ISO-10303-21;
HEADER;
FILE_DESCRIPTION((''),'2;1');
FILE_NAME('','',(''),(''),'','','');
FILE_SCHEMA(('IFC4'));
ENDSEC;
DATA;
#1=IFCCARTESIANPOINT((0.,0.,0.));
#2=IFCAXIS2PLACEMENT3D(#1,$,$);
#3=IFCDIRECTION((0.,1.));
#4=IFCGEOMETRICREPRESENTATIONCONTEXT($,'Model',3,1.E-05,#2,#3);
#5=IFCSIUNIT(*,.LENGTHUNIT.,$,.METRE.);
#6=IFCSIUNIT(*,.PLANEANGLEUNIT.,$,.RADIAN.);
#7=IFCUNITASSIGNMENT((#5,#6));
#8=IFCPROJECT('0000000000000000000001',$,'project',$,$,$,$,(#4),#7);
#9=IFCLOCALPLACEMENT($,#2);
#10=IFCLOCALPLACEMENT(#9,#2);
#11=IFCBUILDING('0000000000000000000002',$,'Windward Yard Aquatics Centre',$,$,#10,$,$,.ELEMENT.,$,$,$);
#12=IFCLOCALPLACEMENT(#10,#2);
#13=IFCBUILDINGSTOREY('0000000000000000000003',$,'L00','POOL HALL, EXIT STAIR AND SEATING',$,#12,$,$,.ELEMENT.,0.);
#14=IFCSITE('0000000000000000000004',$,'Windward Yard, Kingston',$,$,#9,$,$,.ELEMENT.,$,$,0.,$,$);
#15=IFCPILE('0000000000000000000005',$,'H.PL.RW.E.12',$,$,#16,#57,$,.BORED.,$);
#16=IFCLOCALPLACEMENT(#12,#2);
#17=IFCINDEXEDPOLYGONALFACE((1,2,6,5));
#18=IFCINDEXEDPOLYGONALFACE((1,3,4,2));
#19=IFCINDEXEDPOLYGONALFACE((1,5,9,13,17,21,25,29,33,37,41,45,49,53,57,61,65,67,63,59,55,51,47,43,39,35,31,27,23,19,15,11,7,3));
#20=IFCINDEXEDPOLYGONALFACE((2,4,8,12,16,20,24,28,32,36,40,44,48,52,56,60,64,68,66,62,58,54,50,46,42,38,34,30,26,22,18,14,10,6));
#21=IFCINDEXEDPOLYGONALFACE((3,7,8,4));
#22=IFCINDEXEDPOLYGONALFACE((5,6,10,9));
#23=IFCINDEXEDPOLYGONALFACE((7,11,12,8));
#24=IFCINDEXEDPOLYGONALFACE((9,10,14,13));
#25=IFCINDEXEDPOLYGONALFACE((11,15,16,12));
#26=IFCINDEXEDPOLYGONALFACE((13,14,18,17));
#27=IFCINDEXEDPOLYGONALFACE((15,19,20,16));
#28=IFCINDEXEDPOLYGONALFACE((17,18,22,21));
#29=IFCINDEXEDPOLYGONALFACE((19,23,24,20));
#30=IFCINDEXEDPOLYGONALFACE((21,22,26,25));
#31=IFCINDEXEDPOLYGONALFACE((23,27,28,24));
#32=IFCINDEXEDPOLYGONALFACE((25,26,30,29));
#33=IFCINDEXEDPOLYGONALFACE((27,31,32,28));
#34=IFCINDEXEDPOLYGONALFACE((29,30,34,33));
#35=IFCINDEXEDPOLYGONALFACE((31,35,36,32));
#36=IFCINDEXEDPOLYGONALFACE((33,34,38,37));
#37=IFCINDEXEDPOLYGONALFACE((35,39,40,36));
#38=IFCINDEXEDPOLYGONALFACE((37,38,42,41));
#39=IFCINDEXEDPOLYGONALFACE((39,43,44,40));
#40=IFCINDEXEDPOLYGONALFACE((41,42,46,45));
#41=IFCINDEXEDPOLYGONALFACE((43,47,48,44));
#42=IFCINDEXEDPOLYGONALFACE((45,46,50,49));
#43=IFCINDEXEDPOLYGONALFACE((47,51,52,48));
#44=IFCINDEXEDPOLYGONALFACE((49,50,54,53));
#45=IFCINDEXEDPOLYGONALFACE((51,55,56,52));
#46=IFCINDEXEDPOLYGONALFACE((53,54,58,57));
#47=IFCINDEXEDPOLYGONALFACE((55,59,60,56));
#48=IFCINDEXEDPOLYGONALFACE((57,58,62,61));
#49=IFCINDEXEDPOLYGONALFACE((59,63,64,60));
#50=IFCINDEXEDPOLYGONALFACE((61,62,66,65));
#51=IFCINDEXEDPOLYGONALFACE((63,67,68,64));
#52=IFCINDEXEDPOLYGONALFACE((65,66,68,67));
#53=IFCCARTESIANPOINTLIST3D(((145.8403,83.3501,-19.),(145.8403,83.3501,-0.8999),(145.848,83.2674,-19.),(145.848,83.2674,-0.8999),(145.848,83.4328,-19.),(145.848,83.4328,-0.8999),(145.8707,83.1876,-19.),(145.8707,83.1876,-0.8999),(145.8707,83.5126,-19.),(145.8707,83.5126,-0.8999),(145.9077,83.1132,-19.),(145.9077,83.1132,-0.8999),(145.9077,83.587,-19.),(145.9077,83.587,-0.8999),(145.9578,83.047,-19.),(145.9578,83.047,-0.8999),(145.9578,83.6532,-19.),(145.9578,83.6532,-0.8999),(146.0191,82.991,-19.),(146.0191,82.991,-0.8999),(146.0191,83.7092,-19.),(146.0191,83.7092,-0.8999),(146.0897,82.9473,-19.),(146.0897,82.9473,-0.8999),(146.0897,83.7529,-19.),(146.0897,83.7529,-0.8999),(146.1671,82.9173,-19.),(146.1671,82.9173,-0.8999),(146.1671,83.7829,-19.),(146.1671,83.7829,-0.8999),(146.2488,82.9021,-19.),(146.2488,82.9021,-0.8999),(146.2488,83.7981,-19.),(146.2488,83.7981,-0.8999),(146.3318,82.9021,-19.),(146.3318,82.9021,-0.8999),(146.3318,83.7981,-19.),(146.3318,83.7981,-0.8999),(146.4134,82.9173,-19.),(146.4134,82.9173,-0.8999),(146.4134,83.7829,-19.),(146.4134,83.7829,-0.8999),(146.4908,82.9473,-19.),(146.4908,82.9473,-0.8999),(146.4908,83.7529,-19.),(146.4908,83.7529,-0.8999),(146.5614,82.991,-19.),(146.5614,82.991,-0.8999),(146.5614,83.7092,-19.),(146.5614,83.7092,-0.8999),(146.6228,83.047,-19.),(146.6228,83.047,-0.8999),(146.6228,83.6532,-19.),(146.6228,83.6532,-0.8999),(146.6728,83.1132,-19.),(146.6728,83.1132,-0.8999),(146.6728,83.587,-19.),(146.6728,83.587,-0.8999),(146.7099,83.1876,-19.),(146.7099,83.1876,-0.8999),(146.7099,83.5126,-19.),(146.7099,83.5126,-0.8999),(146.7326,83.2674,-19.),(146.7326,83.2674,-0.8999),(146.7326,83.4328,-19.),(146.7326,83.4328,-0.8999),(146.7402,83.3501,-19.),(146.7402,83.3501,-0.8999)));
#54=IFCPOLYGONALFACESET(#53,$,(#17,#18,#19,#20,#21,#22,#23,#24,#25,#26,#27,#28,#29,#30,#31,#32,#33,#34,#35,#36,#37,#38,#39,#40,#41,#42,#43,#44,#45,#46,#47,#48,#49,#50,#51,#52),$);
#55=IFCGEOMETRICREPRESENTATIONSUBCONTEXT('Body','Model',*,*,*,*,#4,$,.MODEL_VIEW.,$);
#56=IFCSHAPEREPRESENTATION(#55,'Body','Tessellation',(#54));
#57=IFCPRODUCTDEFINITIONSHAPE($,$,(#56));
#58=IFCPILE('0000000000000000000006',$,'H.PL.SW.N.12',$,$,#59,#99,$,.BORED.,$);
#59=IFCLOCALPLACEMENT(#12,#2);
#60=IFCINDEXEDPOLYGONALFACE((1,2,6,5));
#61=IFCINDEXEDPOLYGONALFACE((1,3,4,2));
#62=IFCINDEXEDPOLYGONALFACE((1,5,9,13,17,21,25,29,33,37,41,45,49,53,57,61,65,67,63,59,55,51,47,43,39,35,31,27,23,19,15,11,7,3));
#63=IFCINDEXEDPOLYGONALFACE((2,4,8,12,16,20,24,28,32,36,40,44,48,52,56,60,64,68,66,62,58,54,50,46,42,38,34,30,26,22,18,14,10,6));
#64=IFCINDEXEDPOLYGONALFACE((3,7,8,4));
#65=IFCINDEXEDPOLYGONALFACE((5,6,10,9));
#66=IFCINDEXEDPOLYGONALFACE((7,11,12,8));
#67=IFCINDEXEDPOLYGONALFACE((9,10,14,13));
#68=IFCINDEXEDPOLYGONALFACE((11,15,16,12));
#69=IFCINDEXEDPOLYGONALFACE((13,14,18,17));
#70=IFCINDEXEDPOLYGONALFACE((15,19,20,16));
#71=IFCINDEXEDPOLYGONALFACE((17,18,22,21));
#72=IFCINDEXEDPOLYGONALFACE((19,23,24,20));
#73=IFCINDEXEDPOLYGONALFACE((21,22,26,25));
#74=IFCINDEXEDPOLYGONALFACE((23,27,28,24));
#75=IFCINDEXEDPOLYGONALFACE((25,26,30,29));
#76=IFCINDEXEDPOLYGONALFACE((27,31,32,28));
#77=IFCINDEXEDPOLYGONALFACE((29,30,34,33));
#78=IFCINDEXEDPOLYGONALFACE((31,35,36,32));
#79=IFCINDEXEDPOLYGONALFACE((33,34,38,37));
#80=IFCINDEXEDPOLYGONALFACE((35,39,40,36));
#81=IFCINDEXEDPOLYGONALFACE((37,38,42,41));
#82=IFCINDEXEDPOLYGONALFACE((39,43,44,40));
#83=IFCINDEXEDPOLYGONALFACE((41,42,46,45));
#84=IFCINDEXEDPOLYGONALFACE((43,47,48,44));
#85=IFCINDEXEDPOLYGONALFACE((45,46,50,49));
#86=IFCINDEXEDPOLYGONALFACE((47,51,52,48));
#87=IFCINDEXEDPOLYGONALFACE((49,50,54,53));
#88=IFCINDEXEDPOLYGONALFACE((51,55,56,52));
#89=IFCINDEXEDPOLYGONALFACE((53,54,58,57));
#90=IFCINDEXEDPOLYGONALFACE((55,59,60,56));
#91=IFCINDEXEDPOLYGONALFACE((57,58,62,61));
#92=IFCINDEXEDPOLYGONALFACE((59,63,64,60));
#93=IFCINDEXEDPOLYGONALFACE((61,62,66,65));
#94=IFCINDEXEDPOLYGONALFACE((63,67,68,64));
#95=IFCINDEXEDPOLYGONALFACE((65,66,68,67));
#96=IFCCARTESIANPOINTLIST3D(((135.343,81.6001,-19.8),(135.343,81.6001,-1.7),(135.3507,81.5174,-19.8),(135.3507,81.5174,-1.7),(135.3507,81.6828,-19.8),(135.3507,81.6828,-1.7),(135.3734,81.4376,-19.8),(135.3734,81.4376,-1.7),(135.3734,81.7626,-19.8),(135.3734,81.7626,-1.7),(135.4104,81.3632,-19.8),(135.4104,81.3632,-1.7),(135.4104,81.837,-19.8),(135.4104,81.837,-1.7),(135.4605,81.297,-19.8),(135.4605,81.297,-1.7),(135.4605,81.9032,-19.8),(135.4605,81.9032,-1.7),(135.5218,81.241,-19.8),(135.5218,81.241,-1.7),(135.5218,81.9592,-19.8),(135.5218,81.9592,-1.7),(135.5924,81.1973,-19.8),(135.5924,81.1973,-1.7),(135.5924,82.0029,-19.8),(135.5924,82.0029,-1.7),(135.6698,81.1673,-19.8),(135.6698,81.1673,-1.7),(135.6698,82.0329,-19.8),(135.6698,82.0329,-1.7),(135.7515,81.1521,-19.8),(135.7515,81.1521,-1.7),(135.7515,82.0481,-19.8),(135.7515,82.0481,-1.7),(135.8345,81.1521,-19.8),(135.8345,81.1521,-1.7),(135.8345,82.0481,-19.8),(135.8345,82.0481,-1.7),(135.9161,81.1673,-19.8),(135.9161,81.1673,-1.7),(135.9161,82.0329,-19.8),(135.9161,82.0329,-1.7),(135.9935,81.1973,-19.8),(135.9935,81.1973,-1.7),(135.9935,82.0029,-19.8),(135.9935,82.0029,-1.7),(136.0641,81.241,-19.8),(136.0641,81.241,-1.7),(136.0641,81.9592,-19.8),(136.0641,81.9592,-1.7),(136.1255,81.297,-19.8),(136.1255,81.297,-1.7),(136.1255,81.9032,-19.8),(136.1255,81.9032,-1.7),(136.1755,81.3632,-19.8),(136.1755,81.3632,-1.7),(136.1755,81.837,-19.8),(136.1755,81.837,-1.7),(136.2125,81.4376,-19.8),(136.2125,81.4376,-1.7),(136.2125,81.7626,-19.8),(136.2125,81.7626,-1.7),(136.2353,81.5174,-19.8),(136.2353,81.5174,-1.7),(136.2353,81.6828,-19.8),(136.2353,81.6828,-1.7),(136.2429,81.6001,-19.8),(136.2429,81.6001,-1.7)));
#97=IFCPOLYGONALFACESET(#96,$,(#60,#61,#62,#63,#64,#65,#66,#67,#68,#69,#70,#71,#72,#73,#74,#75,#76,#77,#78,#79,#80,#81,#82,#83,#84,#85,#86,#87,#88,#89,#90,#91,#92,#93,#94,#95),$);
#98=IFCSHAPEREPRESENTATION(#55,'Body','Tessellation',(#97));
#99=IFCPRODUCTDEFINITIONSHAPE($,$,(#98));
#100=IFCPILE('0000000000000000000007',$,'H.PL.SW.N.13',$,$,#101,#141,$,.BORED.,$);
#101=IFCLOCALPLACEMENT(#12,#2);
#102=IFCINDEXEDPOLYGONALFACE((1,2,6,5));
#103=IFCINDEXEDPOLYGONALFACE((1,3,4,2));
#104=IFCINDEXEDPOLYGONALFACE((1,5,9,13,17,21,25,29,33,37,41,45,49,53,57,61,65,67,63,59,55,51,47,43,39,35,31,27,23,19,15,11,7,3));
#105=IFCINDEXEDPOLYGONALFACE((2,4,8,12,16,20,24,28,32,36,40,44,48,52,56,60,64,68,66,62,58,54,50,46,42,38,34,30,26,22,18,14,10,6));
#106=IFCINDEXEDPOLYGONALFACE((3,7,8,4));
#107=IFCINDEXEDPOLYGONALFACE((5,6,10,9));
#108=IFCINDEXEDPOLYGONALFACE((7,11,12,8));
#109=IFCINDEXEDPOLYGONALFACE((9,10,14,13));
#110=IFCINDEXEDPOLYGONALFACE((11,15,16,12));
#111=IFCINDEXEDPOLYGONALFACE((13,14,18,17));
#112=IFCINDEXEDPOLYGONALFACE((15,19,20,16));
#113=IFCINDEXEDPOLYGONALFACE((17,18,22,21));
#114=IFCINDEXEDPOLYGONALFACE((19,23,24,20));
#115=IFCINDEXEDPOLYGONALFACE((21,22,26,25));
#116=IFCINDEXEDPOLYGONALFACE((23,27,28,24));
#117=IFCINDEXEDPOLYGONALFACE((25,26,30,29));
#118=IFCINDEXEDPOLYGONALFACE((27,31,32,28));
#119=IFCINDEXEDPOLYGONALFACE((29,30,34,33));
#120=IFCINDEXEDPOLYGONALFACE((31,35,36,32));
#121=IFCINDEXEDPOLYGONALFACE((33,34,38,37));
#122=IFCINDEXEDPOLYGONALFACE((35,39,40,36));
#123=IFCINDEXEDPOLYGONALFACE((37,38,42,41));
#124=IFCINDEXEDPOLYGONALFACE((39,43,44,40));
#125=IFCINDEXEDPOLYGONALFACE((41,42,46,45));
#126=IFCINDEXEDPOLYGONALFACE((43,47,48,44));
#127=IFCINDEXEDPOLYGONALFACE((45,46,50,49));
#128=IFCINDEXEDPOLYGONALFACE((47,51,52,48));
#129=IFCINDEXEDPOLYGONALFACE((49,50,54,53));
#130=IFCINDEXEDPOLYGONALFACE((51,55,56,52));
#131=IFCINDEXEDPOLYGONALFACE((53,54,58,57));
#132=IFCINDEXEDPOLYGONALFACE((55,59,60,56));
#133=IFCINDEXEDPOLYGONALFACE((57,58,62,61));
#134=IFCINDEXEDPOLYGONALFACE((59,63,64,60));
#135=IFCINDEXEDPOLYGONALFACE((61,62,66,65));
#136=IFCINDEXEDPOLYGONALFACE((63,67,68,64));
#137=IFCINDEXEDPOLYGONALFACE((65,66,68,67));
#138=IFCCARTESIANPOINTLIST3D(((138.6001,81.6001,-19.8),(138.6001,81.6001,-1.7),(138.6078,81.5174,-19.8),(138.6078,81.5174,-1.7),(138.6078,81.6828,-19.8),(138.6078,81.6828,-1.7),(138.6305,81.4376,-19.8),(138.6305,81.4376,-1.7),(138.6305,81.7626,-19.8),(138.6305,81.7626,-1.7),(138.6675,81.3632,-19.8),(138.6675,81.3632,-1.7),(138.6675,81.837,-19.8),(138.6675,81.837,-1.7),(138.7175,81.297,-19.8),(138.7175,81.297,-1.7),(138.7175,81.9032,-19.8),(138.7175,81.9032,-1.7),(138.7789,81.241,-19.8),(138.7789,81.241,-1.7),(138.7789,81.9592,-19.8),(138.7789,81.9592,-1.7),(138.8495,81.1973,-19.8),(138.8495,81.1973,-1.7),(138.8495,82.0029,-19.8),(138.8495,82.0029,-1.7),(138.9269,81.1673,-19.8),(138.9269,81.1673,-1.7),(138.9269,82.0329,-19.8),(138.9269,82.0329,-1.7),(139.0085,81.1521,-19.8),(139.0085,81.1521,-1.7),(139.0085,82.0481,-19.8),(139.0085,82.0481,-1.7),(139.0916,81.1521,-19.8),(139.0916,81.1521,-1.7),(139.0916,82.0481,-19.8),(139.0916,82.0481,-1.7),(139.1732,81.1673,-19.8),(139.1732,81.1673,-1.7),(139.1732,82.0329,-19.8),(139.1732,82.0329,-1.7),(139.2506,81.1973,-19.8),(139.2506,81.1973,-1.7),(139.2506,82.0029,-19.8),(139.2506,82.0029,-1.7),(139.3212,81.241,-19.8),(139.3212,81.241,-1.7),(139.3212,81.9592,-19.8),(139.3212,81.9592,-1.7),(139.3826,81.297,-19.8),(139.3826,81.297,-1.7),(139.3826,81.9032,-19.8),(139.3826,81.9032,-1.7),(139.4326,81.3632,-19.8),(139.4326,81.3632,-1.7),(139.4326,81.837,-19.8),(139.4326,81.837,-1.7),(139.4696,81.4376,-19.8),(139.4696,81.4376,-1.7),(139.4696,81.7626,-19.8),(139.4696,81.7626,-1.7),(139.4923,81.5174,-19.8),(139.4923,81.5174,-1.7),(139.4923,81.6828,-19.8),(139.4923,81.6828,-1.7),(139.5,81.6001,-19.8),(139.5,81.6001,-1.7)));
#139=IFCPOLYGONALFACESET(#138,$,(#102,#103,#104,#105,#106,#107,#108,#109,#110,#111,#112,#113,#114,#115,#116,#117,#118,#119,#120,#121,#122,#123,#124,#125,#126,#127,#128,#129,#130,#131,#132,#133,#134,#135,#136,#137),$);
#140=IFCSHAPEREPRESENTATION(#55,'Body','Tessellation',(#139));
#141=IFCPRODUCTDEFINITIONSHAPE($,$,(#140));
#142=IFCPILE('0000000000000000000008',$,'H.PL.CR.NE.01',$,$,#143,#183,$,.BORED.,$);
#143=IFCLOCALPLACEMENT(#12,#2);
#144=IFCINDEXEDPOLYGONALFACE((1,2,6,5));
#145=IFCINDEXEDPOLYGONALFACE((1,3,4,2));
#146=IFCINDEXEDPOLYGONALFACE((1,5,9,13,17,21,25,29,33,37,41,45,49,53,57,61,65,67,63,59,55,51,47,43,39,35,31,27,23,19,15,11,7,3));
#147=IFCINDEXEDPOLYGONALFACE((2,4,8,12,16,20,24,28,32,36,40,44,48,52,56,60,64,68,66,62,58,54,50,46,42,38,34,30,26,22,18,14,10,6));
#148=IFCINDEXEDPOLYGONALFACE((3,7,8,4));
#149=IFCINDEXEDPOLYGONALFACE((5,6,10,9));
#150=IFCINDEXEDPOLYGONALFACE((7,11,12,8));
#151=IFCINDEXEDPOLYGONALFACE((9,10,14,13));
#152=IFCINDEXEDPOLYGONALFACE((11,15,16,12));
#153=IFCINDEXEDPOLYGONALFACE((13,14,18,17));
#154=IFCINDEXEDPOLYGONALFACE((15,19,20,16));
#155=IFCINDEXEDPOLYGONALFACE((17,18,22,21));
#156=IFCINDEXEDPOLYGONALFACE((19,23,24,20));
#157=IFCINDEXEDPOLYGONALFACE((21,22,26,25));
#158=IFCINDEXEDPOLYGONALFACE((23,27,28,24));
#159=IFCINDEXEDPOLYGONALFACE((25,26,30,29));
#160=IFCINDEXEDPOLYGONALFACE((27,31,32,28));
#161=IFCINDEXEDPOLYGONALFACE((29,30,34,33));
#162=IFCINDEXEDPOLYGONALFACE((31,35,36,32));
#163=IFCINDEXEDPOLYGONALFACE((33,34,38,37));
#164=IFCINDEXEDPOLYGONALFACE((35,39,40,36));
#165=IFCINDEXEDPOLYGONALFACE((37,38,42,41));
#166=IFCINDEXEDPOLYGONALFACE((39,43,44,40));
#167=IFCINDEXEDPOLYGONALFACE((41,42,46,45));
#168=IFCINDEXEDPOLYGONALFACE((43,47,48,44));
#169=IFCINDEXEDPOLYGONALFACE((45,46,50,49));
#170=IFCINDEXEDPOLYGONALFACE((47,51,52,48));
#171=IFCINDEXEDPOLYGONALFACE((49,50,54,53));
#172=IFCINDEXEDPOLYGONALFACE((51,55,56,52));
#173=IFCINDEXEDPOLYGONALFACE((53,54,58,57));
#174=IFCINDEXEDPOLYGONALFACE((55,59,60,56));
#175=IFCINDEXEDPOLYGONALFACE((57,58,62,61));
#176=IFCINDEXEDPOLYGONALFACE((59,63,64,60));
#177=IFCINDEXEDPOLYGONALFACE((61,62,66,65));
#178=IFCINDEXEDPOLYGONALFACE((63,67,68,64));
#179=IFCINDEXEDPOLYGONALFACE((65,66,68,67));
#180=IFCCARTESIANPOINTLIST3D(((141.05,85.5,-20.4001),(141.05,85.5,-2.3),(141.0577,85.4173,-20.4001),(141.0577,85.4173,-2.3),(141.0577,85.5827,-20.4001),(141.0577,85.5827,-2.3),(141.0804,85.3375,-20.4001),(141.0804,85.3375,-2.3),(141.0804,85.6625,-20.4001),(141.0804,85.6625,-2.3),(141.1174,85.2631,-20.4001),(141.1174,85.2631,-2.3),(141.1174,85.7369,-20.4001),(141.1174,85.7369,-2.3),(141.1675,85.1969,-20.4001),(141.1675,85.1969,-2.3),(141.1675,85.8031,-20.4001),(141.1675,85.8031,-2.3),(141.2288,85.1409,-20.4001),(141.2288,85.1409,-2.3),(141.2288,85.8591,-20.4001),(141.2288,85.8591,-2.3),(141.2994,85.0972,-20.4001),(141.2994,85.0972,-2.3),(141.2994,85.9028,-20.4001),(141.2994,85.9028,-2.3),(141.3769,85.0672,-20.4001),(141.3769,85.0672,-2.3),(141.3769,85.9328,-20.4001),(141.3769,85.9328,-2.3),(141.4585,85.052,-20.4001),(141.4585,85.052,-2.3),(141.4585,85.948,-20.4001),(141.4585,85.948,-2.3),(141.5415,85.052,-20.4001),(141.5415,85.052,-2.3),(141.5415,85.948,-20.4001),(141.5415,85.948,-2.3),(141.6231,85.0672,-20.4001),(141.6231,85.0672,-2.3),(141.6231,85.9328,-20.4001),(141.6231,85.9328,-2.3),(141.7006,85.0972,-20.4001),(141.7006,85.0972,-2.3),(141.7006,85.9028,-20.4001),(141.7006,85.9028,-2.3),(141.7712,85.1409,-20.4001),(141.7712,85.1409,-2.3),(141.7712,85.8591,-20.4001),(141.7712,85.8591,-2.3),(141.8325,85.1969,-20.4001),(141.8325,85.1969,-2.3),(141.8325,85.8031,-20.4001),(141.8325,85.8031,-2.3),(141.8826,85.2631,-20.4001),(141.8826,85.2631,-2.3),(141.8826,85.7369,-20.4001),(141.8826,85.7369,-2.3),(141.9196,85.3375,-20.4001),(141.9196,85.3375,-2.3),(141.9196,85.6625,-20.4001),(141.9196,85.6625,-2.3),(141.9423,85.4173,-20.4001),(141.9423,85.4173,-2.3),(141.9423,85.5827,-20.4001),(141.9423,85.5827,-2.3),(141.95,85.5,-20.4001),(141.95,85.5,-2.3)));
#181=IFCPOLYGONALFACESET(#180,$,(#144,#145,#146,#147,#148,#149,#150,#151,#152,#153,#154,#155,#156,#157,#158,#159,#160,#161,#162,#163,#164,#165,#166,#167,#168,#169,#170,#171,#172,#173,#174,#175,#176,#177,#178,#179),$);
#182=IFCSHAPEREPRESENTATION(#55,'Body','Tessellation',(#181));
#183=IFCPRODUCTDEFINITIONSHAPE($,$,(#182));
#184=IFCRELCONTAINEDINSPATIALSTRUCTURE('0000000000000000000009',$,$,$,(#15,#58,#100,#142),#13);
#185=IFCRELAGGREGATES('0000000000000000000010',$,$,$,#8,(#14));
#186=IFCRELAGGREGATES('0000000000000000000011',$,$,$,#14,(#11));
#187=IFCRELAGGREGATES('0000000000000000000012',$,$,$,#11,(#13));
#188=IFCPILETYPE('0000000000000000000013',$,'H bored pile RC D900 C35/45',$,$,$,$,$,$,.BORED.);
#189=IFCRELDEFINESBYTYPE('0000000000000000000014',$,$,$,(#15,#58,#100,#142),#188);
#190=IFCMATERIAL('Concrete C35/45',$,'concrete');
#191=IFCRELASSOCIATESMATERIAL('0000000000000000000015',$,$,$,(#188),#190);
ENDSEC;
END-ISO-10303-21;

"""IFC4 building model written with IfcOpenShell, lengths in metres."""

from ifc_helpers import new_model, si_unit, direction, frame, origin, origin_2d, place, context, subcontext, project, spatial, circle, extrude, material, material_profile, profile_set, type_object, element, save


model = new_model("IFC4")

# Units and contexts
model_context = context("Model", 3, precision=1e-05, world=origin(), true_north=direction((0.0, 1.0)))
body_context = subcontext(model_context, "Body", "Model", "MODEL_VIEW")
ifc_project = project(units=[si_unit("LENGTHUNIT", "METRE"), si_unit("PLANEANGLEUNIT", "RADIAN")], contexts=[model_context])

# Site, building, storey
site_placement = place(None, origin())
site = spatial("IfcSite", under=ifc_project, at=site_placement, Name="Windward Yard, Kingston", CompositionType="ELEMENT", RefElevation=0.0)
building_placement = place(site_placement, origin())
building = spatial("IfcBuilding", under=site, at=building_placement, Name="Windward Yard Aquatics Centre", CompositionType="ELEMENT")
storey_placement = place(building_placement, origin())
storey = spatial("IfcBuildingStorey", under=building, at=storey_placement, Name="L00", Description="POOL HALL, EXIT STAIR AND SEATING", CompositionType="ELEMENT", Elevation=0.0)

# Piles
ifc_material_1 = material(Name="Concrete C35/45", Category="concrete")
ifc_material_profile_1 = material_profile(ifc_material_1, circle(Radius=0.45, at=origin_2d()), Name="RC D900")
ifc_profile_set_1 = profile_set([ifc_material_profile_1], Name="Concrete C35/45")
pile_type = type_object("IfcPileType", Name="H bored pile RC D900 C35/45", PredefinedType="BORED", material=ifc_profile_set_1)
for number, where, z_axis, x_axis, name in (
    (1, (146.2903, 83.3501, -0.8999), (0.0, 0.0, -1.0), (1.0, 0.0, 0.0), "H.PL.RW.E.12"),
    (2, (135.793, 81.6001, -1.7), (0.0, 0.0, -1.0), (1.0, 0.0, 0.0), "H.PL.SW.N.12"),
    (3, (139.05, 81.6001, -1.7), (0.0, 0.0, -1.0), (1.0, 0.0, 0.0), "H.PL.SW.N.13"),
    (4, (141.5, 85.5, -2.3), (0.0, 0.0, -1.0), (1.0, 0.0, 0.0), "H.PL.CR.NE.01"),
):
    element("IfcPile", number, at=place(storey_placement, frame(where, z_axis=z_axis, x_axis=x_axis)), inside=storey, type_object=pile_type, Name=name, PredefinedType="BORED", context=body_context, shape_type="SweptSolid", body=[
        extrude(circle(Radius=0.45, at=origin_2d()), origin(), (0.0, 0.0, 1.0), 18.1001),
    ])

save(model, "model.ifc")
